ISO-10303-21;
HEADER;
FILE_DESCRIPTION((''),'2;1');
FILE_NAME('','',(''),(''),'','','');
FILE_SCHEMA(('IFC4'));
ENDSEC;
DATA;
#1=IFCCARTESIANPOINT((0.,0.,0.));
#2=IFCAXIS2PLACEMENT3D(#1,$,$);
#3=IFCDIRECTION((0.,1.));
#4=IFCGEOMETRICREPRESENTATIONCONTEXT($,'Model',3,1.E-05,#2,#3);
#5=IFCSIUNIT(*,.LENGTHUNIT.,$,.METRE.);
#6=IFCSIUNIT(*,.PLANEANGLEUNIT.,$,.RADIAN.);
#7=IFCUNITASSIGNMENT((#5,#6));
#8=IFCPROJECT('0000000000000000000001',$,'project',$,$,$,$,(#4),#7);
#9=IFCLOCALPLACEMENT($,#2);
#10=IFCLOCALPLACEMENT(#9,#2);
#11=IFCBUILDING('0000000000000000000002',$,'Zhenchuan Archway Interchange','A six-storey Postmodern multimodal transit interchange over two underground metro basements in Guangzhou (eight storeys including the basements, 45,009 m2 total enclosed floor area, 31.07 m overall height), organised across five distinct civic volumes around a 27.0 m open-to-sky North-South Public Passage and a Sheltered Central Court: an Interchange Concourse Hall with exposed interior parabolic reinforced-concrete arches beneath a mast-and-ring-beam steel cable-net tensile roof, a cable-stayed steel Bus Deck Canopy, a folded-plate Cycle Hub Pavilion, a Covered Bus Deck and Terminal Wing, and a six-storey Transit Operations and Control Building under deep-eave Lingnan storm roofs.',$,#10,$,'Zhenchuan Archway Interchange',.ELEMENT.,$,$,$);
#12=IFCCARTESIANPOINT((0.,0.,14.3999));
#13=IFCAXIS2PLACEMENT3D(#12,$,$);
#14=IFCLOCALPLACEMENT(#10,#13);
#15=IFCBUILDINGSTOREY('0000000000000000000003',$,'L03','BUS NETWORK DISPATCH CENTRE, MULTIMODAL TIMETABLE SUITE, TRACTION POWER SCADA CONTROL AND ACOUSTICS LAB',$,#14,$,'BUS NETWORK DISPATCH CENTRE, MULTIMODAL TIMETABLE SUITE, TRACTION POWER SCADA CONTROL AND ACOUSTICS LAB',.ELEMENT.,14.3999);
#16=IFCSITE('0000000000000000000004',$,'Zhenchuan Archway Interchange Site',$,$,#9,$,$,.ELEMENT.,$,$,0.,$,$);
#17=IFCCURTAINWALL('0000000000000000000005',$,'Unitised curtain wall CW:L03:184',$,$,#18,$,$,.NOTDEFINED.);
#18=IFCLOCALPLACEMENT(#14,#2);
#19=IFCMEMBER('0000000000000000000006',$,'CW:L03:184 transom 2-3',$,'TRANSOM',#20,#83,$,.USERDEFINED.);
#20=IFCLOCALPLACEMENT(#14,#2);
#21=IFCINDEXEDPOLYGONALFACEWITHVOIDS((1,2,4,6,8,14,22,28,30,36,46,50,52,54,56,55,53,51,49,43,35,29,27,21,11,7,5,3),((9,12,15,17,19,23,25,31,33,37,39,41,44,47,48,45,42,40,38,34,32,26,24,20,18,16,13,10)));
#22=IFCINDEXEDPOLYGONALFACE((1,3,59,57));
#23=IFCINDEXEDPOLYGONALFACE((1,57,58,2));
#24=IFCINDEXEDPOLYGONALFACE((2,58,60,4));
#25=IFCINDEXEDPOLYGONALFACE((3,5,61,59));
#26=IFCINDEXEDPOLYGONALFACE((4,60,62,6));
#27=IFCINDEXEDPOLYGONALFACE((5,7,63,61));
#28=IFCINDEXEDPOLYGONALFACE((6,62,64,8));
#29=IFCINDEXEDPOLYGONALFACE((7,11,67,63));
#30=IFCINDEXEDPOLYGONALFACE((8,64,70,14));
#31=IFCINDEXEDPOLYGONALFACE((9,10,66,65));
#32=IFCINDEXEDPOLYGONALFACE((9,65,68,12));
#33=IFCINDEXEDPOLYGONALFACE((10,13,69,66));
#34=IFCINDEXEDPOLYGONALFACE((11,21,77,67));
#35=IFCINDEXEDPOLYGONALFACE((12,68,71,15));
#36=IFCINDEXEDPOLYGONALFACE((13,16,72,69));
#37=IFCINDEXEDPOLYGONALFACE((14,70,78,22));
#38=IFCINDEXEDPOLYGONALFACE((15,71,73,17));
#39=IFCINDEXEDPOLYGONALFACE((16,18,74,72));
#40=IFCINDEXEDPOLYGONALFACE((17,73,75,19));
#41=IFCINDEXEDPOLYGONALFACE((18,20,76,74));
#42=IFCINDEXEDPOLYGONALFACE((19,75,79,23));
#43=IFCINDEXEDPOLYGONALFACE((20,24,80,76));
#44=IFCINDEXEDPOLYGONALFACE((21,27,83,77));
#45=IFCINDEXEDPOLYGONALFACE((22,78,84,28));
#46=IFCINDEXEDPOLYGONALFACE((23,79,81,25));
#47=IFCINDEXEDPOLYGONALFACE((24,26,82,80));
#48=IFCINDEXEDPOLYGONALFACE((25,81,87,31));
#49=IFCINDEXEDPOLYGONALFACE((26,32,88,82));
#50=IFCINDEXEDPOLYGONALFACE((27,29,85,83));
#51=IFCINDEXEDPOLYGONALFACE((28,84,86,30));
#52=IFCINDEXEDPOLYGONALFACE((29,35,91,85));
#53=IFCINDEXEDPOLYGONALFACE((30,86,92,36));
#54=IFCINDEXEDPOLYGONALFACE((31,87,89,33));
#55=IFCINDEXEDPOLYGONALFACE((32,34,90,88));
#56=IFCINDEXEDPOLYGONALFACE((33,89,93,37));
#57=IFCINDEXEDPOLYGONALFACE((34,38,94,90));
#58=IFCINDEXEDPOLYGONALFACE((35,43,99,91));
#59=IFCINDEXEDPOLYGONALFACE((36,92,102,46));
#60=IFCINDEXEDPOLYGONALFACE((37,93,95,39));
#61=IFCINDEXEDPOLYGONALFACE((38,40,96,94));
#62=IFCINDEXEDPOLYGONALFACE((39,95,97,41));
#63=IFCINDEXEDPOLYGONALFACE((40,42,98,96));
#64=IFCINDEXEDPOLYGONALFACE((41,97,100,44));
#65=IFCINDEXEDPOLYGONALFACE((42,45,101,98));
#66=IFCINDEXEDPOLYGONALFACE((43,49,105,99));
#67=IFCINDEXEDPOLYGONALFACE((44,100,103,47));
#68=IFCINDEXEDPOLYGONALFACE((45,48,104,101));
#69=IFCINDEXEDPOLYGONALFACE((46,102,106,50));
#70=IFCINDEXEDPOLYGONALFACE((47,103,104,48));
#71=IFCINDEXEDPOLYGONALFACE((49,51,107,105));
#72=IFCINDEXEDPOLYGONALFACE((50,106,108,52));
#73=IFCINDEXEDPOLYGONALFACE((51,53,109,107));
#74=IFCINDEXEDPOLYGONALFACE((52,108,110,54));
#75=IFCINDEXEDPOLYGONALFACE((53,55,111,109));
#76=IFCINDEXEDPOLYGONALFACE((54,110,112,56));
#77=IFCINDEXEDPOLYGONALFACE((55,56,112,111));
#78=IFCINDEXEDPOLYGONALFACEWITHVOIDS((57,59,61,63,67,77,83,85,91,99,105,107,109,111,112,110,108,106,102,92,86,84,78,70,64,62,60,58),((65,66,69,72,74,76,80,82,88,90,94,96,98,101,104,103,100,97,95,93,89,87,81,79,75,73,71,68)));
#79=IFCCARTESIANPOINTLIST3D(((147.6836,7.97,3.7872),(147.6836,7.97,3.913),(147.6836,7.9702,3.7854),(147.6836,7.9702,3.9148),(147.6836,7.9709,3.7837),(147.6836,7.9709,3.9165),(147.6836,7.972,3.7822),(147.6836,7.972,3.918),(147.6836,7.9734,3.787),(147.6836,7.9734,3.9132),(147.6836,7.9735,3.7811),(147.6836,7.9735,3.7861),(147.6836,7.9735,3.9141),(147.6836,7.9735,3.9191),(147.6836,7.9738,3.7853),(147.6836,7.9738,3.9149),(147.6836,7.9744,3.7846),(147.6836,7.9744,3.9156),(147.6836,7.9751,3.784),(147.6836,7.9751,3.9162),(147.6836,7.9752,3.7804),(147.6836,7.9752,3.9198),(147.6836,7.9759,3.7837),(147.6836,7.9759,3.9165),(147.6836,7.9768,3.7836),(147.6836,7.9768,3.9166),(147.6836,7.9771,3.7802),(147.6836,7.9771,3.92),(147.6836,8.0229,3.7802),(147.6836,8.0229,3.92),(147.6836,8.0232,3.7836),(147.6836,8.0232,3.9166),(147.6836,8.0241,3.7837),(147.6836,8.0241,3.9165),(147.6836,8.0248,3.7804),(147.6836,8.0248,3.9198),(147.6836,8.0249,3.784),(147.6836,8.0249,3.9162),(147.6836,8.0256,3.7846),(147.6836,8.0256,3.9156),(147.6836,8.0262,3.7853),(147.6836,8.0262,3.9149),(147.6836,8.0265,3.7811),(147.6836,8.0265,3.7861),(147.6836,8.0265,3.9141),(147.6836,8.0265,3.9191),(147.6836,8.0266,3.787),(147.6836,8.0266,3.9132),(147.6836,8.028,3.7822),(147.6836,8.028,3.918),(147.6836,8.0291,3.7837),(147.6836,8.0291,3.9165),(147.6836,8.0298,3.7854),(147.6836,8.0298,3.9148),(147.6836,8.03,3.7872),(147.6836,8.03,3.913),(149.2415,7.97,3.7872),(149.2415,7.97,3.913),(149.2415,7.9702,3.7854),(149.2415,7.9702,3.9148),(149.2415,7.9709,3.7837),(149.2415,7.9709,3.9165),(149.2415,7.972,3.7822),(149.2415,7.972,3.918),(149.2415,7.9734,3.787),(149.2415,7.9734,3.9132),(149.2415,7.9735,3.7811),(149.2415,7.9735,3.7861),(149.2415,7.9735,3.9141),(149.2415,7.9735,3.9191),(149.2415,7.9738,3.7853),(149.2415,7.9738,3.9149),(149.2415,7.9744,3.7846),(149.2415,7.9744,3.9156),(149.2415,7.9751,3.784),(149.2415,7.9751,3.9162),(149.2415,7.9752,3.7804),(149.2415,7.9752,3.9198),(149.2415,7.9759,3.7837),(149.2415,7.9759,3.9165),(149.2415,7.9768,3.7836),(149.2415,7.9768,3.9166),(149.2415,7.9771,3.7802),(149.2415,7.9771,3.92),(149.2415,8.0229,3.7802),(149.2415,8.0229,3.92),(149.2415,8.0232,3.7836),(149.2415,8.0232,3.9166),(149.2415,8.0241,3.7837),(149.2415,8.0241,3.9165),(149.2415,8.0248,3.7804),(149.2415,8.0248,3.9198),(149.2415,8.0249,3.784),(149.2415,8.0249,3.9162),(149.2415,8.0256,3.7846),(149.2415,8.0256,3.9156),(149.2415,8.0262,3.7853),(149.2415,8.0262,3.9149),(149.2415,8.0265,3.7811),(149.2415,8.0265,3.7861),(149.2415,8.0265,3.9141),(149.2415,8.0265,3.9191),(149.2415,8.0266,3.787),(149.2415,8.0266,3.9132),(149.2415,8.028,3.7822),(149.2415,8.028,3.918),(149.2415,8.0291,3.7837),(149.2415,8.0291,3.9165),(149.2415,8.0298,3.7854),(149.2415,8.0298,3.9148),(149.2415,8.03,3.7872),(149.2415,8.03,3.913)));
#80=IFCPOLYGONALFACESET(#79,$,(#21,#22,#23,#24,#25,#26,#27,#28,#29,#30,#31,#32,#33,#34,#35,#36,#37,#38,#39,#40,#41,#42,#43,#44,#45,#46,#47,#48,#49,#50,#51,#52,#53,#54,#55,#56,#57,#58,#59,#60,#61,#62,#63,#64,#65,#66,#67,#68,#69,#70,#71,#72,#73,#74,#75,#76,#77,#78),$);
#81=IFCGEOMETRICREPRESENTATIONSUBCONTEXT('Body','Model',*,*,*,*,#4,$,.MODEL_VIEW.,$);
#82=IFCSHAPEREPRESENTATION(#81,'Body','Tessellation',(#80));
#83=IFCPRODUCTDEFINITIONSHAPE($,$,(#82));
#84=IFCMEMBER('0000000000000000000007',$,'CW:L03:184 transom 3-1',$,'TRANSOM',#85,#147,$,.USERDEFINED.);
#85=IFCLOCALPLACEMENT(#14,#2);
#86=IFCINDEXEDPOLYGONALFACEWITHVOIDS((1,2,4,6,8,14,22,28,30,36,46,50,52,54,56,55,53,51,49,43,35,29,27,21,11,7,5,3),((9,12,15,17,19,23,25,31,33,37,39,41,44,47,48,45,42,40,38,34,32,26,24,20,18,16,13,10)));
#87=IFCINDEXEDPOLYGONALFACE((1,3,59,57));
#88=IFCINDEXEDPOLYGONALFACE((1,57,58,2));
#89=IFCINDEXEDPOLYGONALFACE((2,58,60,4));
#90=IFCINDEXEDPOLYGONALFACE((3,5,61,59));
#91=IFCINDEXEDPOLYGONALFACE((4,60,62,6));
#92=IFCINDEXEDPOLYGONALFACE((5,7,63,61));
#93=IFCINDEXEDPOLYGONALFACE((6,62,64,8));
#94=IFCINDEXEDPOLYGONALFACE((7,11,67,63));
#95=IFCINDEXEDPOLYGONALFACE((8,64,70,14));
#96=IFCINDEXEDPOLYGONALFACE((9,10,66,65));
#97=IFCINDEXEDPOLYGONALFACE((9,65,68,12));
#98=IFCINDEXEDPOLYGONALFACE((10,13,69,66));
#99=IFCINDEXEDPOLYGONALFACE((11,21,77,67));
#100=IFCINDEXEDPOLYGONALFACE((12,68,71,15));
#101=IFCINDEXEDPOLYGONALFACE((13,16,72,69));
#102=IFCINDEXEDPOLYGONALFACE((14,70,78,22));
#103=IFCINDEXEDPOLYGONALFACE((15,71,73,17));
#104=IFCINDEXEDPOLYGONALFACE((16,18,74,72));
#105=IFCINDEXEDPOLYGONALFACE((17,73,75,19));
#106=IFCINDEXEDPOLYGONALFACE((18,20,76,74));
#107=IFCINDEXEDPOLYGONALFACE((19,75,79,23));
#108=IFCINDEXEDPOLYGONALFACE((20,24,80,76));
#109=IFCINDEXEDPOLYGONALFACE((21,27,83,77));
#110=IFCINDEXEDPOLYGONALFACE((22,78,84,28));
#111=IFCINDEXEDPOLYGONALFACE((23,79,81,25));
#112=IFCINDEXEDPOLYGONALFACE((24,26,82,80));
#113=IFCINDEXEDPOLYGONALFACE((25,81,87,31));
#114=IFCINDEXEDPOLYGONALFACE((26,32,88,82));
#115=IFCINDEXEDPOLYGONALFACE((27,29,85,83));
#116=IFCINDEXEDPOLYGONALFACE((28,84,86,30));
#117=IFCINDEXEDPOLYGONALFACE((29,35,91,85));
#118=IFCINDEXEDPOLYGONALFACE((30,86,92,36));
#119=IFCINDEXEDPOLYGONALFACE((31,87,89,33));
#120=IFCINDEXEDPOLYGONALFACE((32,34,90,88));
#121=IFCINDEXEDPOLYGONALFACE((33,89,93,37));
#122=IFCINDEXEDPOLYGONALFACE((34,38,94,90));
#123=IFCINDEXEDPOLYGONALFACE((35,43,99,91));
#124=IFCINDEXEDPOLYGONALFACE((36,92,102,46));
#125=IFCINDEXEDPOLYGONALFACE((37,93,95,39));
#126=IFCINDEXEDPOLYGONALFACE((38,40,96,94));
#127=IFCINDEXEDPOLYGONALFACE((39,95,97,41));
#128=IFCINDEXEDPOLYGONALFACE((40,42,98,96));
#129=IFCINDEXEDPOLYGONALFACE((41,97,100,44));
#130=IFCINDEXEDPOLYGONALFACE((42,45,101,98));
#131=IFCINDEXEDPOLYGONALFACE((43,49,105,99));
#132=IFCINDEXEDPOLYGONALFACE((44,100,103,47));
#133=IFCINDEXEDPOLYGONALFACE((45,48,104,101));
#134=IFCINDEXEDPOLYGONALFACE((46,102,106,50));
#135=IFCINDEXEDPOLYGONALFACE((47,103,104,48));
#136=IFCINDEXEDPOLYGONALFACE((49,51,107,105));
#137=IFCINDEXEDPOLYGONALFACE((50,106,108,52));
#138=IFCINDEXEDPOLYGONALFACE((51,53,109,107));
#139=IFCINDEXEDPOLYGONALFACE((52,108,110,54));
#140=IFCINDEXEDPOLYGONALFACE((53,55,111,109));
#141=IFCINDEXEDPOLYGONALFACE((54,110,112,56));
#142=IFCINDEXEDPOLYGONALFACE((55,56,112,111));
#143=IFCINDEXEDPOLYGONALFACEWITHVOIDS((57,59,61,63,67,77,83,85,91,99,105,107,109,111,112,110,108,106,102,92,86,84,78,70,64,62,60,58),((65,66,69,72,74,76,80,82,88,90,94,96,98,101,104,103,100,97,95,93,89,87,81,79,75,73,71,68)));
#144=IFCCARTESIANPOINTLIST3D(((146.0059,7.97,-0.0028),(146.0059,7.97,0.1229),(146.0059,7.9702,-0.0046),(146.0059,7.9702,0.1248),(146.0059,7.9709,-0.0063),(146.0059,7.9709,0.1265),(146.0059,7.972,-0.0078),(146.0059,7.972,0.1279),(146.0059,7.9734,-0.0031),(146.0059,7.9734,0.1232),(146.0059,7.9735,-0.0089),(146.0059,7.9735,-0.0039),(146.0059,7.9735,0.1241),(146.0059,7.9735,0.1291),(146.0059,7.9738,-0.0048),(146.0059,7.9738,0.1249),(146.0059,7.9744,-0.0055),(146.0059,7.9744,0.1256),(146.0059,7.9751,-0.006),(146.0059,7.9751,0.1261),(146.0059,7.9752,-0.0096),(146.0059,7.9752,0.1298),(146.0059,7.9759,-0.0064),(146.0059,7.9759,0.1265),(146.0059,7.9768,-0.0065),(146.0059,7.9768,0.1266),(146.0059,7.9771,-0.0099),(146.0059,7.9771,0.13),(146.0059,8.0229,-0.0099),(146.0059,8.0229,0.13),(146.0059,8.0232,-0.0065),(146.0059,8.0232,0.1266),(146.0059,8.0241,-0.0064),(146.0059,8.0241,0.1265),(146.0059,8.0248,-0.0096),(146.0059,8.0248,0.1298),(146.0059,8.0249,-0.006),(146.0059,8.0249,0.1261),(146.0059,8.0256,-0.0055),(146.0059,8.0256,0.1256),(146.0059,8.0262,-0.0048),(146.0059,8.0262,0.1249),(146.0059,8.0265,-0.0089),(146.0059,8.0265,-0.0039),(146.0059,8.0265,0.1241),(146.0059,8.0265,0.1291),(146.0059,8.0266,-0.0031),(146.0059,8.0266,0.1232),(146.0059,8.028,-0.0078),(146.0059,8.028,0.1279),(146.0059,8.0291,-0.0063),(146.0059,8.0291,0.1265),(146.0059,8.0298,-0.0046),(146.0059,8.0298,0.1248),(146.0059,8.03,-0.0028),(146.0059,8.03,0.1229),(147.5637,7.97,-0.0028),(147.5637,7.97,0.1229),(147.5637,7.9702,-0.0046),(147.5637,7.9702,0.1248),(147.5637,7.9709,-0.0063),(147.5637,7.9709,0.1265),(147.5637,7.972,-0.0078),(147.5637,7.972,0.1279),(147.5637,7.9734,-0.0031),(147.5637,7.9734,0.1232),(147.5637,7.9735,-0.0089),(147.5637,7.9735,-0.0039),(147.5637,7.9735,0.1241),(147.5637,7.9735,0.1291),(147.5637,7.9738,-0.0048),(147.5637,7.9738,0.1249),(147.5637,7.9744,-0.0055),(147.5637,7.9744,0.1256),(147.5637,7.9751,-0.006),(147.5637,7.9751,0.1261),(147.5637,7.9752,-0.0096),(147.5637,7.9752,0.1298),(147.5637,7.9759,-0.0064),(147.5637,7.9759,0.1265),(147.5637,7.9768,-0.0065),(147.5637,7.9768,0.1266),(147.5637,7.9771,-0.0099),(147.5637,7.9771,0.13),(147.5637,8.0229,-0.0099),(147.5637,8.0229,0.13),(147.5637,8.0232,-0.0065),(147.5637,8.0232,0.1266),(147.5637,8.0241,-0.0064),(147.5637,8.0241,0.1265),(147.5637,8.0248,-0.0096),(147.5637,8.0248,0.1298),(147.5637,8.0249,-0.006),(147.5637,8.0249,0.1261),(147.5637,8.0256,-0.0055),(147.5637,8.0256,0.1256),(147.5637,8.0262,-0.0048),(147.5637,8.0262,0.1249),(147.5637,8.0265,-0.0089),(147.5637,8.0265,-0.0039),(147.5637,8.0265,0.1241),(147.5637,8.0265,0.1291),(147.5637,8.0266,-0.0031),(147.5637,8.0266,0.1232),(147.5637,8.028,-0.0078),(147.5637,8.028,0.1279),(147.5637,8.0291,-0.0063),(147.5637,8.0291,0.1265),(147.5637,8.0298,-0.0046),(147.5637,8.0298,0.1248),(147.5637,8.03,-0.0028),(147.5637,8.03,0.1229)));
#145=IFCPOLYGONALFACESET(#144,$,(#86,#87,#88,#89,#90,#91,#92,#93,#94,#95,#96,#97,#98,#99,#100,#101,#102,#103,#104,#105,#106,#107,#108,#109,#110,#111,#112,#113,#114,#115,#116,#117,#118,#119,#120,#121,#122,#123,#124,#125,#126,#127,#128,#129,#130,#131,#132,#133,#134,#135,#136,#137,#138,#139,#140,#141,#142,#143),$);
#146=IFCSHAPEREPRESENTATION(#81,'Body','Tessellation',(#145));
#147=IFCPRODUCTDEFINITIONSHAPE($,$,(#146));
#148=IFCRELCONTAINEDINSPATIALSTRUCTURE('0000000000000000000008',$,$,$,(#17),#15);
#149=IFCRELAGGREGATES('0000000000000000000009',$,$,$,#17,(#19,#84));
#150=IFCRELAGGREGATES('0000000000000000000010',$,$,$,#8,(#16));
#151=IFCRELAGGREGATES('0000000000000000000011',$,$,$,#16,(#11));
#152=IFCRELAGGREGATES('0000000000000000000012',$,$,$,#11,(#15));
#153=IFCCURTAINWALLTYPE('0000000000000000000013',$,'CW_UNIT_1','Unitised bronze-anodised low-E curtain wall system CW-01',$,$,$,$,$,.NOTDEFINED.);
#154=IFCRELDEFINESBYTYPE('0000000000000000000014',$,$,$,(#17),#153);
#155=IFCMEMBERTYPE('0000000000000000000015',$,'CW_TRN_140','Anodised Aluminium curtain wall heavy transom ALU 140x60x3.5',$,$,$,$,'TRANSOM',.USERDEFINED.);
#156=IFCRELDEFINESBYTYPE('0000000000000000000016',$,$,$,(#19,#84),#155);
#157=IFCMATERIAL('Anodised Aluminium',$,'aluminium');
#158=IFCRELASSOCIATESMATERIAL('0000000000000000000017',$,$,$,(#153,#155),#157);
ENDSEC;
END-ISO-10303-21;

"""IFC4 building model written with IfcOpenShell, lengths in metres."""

from ifc_helpers import new_model, si_unit, direction, frame, origin, origin_2d, place, context, subcontext, project, spatial, hollow_rectangle, extrude, material, material_profile, profile_set, type_object, element, aggregate, save


model = new_model("IFC4")

# Units and contexts
model_context = context("Model", 3, precision=1e-05, world=origin(), true_north=direction((0.0, 1.0)))
body_context = subcontext(model_context, "Body", "Model", "MODEL_VIEW")
ifc_project = project(units=[si_unit("LENGTHUNIT", "METRE"), si_unit("PLANEANGLEUNIT", "RADIAN")], contexts=[model_context])

# Site, building, storey
site_placement = place(None, origin())
site = spatial("IfcSite", under=ifc_project, at=site_placement, Name="Zhenchuan Archway Interchange Site", CompositionType="ELEMENT", RefElevation=0.0)
building_placement = place(site_placement, origin())
building = spatial("IfcBuilding", under=site, at=building_placement, Name="Zhenchuan Archway Interchange", Description="A six-storey Postmodern multimodal transit interchange over two underground metro basements in Guangzhou (eight storeys including the basements, 45,009 m2 total enclosed floor area, 31.07 m overall height), organised across five distinct civic volumes around a 27.0 m open-to-sky North-South Public Passage and a Sheltered Central Court: an Interchange Concourse Hall with exposed interior parabolic reinforced-concrete arches beneath a mast-and-ring-beam steel cable-net tensile roof, a cable-stayed steel Bus Deck Canopy, a folded-plate Cycle Hub Pavilion, a Covered Bus Deck and Terminal Wing, and a six-storey Transit Operations and Control Building under deep-eave Lingnan storm roofs.", LongName="Zhenchuan Archway Interchange", CompositionType="ELEMENT")
storey_placement = place(building_placement, frame((0.0, 0.0, 14.3999)))
storey = spatial("IfcBuildingStorey", under=building, at=storey_placement, Name="L03", Description="BUS NETWORK DISPATCH CENTRE, MULTIMODAL TIMETABLE SUITE, TRACTION POWER SCADA CONTROL AND ACOUSTICS LAB", LongName="BUS NETWORK DISPATCH CENTRE, MULTIMODAL TIMETABLE SUITE, TRACTION POWER SCADA CONTROL AND ACOUSTICS LAB", CompositionType="ELEMENT", Elevation=14.3999)

# Curtain wall, members
ifc_material_1 = material(Name="Anodised Aluminium", Category="aluminium")
curtain_wall_type = type_object("IfcCurtainWallType", Name="CW_UNIT_1", Description="Unitised bronze-anodised low-E curtain wall system CW-01", PredefinedType="NOTDEFINED", material=ifc_material_1)
curtain_wall_placement = place(storey_placement, origin())
curtain_wall = element("IfcCurtainWall", 1, at=curtain_wall_placement, inside=storey, type_object=curtain_wall_type, Name="Unitised curtain wall CW:L03:184", PredefinedType="NOTDEFINED")
ifc_material_profile_1 = material_profile(ifc_material_1, hollow_rectangle(XDim=0.0601, YDim=0.1399, WallThickness=0.0034, InnerFilletRadius=0.0034, OuterFilletRadius=0.0071, at=origin_2d()), Name="ALU 140x60x3.5")
ifc_profile_set_1 = profile_set([ifc_material_profile_1], Name="Anodised Aluminium")
member_type_1 = type_object("IfcMemberType", Name="CW_TRN_140", Description="Anodised Aluminium curtain wall heavy transom ALU 140x60x3.5", ElementType="TRANSOM", PredefinedType="USERDEFINED", material=ifc_profile_set_1)
member_1_placement = place(storey_placement, frame((149.2415, 8.0, 3.8501), z_axis=(-1.0, 0.0, 0.0), x_axis=(0.0, -1.0, 0.0)))
member_1 = element("IfcMember", 2, at=member_1_placement, type_object=member_type_1, Name="CW:L03:184 transom 2-3", ObjectType="TRANSOM", PredefinedType="USERDEFINED", context=body_context, shape_type="SweptSolid", body=[
    extrude(hollow_rectangle(XDim=0.0601, YDim=0.1399, WallThickness=0.0034, InnerFilletRadius=0.0034, OuterFilletRadius=0.0071, at=origin_2d()), origin(), (0.0, 0.0, 1.0), 1.5579),
])
member_2_placement = place(storey_placement, frame((147.5637, 8.0, 0.0601), z_axis=(-1.0, 0.0, 0.0), x_axis=(0.0, -1.0, 0.0)))
member_2 = element("IfcMember", 3, at=member_2_placement, type_object=member_type_1, Name="CW:L03:184 transom 3-1", ObjectType="TRANSOM", PredefinedType="USERDEFINED", context=body_context, shape_type="SweptSolid", body=[
    extrude(hollow_rectangle(XDim=0.0601, YDim=0.1399, WallThickness=0.0034, InnerFilletRadius=0.0034, OuterFilletRadius=0.0071, at=origin_2d()), origin(), (0.0, 0.0, 1.0), 1.5579),
])

aggregate(curtain_wall, [member_1, member_2])

save(model, "model.ifc")
